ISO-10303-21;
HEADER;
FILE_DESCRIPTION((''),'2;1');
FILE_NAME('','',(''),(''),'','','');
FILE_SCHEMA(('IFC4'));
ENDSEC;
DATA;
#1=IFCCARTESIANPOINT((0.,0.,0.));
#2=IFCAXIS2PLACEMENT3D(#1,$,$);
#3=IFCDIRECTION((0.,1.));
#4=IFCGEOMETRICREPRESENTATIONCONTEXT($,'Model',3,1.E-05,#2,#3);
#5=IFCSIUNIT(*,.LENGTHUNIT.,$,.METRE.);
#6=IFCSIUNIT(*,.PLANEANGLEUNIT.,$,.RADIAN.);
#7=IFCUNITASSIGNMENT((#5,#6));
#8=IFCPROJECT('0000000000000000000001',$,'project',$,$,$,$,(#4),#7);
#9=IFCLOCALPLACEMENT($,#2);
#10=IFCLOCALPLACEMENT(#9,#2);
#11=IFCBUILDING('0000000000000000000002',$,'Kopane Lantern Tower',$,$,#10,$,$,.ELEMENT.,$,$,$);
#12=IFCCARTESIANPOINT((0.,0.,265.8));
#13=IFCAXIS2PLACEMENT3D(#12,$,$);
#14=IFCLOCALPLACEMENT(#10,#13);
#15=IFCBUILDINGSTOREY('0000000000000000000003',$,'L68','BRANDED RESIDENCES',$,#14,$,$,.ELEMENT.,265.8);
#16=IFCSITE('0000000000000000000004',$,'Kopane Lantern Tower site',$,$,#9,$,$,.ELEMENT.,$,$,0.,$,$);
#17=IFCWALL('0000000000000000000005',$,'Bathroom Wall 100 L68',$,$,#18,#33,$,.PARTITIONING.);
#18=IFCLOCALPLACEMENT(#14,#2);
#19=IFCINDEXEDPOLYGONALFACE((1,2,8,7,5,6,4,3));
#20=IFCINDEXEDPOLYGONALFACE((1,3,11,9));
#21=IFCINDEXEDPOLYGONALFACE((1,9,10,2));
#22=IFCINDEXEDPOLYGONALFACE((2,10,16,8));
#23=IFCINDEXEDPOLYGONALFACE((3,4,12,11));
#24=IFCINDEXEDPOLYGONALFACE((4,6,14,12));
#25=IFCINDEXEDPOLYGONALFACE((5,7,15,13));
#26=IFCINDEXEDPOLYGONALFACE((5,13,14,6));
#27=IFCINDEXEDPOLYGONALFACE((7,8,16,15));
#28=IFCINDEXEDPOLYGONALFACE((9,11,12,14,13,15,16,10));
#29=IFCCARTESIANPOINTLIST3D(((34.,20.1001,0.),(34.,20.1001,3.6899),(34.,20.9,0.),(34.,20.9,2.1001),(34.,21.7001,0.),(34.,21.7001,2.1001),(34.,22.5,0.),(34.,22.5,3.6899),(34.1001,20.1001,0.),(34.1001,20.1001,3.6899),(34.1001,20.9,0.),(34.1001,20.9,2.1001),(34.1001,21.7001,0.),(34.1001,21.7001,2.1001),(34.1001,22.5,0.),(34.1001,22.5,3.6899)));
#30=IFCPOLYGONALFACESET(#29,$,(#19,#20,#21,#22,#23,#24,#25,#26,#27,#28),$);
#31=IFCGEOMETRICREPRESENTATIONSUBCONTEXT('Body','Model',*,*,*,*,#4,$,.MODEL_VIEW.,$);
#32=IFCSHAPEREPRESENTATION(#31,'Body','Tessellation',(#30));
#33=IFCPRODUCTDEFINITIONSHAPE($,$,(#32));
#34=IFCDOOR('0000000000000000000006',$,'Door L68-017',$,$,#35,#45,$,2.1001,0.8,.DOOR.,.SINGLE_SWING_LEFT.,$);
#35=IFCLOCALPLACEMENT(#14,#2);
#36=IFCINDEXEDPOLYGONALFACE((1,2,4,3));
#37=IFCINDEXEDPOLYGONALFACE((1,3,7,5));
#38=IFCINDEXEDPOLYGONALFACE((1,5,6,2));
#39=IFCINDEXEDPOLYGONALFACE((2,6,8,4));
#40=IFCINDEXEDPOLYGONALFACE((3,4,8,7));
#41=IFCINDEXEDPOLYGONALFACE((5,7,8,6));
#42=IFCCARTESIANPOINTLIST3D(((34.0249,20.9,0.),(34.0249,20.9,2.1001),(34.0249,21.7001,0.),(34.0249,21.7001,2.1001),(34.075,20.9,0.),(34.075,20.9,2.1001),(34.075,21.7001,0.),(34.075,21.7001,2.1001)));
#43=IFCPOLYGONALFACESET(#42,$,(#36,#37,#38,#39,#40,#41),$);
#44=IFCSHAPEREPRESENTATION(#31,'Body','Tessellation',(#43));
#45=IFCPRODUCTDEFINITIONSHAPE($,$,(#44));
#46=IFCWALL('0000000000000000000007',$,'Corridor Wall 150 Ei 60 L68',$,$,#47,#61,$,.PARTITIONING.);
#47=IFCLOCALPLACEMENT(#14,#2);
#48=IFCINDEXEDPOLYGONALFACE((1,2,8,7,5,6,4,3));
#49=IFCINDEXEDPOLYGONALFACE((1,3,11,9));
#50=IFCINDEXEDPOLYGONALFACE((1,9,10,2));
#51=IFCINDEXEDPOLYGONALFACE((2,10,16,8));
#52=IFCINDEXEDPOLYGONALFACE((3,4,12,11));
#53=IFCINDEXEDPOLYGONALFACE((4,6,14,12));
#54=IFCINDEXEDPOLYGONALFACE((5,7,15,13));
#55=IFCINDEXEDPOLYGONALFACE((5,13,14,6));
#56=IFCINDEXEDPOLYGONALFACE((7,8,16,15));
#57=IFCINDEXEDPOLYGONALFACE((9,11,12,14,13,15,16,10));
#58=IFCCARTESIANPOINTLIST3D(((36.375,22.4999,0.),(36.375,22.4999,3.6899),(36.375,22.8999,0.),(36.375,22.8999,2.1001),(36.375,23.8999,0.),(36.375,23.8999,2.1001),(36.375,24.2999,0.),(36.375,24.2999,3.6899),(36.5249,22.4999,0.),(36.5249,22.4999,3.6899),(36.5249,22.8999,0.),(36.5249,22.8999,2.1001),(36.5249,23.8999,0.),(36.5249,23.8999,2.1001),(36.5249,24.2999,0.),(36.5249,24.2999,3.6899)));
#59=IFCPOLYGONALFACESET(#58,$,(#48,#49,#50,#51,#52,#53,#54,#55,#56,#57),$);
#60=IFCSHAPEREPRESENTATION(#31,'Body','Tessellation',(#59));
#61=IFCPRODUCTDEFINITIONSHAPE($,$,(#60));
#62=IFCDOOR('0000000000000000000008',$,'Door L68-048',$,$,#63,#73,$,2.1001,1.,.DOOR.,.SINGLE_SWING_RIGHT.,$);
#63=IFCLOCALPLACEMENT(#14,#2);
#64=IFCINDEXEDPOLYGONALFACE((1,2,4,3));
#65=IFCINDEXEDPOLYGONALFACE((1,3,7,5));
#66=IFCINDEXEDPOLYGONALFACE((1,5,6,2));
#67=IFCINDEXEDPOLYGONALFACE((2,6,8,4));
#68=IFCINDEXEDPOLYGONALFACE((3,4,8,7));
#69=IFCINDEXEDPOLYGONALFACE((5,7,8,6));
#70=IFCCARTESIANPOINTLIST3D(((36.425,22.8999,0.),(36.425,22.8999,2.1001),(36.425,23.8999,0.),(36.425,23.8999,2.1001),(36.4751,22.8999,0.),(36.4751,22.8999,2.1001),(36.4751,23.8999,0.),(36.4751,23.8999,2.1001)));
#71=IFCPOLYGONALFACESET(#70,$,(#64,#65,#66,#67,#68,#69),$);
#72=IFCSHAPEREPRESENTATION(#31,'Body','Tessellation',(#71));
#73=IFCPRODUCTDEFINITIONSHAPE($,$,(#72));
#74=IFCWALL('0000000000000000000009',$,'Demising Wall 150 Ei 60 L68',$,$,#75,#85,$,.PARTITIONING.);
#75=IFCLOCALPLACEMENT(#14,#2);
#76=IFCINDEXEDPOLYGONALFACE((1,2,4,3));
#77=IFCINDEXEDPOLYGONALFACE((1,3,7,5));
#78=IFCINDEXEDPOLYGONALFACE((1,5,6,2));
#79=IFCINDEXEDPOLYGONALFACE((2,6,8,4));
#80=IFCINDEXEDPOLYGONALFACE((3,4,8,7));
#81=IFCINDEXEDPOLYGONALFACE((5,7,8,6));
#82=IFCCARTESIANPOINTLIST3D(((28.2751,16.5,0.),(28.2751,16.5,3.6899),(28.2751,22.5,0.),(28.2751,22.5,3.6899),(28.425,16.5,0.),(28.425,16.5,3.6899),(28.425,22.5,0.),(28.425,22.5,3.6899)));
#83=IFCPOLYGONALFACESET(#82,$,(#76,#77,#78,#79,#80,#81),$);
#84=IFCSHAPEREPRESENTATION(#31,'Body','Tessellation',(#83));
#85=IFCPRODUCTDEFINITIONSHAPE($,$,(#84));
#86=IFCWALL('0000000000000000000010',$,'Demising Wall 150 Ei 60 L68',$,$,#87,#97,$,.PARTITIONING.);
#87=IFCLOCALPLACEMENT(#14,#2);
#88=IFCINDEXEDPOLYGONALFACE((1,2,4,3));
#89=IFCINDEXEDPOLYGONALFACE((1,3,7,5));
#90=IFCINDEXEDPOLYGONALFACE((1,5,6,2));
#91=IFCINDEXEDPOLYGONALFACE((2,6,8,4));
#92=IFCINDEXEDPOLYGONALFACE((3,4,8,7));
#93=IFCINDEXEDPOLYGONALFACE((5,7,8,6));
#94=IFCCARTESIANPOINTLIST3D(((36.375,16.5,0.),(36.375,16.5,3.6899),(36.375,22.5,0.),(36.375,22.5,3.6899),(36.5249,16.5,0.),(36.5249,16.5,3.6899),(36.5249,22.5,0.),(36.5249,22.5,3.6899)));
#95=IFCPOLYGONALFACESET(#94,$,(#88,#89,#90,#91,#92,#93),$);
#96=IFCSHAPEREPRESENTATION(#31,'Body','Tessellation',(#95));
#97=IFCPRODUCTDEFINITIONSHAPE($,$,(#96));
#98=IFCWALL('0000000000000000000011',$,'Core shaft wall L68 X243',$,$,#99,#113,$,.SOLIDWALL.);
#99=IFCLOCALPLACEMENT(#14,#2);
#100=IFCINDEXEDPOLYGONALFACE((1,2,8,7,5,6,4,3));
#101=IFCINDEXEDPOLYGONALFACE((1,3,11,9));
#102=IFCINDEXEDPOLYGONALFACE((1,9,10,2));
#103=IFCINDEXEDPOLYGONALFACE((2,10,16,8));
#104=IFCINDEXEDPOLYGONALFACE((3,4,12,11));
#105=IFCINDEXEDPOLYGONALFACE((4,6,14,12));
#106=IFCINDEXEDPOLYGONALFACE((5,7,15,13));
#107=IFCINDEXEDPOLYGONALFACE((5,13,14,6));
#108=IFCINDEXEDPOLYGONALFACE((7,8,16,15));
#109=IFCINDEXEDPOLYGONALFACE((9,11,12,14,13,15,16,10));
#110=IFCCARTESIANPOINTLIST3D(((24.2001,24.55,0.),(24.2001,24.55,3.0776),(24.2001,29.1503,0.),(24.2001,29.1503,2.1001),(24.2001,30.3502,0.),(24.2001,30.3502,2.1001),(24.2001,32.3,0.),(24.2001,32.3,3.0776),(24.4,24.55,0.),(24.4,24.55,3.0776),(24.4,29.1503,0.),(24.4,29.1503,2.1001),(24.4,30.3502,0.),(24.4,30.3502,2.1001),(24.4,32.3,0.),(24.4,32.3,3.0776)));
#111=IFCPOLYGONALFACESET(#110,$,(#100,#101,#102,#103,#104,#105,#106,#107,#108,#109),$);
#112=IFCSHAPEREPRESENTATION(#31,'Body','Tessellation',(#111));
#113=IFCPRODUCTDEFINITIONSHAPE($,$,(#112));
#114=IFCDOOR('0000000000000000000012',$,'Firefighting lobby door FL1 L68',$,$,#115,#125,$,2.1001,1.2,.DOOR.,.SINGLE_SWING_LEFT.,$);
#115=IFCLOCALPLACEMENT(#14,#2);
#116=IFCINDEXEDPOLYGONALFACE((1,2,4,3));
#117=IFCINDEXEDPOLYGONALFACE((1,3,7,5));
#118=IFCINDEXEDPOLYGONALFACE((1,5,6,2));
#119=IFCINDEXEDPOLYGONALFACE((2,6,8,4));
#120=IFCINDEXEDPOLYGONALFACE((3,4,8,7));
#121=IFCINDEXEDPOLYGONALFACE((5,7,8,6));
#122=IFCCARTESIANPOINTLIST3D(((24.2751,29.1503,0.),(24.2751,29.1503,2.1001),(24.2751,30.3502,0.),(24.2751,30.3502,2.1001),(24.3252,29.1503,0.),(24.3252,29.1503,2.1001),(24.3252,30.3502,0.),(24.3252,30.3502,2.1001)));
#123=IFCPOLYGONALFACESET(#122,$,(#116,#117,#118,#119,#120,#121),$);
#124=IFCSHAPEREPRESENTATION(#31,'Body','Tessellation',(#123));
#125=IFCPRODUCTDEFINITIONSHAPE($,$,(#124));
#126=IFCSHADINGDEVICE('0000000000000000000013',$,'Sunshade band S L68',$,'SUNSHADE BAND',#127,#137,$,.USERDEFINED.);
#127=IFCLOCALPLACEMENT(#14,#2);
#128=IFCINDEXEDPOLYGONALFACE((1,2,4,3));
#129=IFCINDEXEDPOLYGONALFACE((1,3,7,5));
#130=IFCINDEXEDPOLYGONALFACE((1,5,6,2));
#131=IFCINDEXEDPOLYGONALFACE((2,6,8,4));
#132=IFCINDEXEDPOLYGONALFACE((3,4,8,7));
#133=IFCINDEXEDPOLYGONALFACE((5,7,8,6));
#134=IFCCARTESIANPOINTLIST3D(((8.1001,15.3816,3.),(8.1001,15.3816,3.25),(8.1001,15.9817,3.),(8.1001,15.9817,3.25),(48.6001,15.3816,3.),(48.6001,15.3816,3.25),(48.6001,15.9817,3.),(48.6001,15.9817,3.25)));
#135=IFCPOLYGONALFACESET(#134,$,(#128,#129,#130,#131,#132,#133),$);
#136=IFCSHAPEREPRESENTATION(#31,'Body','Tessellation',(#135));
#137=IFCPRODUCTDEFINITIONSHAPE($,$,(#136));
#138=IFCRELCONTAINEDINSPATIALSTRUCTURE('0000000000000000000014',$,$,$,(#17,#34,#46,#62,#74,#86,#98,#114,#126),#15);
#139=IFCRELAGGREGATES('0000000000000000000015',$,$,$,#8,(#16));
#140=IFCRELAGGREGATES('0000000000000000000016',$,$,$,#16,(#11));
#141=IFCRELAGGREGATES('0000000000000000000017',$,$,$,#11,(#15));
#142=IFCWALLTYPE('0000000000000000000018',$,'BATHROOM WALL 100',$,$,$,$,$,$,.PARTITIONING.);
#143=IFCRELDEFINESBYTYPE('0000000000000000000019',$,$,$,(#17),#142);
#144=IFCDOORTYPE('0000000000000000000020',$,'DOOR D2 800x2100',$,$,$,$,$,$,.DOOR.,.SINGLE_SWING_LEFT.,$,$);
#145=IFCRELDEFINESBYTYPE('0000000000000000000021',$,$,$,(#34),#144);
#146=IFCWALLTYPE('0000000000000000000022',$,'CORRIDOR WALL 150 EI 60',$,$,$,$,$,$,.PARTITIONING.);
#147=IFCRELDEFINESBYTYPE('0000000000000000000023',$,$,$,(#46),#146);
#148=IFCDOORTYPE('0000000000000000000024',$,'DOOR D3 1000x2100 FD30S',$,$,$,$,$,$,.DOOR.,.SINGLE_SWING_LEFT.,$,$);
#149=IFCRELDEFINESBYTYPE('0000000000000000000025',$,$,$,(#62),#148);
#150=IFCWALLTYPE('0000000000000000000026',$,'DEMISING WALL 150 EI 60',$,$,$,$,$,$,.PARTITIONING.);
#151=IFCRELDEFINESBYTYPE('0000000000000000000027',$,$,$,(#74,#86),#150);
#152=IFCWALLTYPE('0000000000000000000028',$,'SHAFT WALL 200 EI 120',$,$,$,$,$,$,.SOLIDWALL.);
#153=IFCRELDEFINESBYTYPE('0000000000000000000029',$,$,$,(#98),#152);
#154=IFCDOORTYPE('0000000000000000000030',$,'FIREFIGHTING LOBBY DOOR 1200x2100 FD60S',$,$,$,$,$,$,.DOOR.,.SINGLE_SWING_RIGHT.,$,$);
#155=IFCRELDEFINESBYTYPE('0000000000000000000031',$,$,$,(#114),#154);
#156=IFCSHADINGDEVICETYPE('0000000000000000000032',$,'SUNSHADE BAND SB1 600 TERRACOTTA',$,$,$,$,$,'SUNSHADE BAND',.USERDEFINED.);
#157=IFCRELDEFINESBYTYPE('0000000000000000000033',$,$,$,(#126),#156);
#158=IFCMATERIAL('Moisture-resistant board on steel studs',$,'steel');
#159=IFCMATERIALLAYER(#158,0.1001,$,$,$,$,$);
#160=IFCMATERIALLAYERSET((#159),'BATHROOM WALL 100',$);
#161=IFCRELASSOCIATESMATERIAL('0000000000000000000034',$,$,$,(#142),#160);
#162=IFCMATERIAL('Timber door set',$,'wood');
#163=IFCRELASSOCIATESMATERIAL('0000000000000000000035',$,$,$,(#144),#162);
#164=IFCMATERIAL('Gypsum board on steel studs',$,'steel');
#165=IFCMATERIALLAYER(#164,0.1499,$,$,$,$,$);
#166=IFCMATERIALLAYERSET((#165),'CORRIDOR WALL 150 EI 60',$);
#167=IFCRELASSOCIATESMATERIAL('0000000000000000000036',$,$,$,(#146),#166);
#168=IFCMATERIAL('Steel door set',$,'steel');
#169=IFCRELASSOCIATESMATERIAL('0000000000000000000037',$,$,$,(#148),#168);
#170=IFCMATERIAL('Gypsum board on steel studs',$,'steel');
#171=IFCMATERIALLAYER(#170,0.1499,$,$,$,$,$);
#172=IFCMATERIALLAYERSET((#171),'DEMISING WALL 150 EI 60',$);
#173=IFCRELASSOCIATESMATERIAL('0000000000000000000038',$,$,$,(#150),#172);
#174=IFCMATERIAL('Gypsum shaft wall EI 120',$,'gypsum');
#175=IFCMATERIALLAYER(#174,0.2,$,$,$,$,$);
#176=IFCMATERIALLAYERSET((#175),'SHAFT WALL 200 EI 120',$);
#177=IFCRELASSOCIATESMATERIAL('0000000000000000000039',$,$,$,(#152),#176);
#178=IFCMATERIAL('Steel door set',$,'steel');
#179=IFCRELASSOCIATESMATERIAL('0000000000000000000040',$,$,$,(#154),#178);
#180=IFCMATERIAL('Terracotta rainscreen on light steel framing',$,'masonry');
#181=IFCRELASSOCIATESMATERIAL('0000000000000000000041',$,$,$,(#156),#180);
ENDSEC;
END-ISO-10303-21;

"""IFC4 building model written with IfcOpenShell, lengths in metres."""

from ifc_helpers import new_model, si_unit, direction, frame, frame_2d, origin, origin_2d, place, context, subcontext, project, spatial, rectangle, extrude, material, layer, layer_set, type_object, element, fill, save


model = new_model("IFC4")

# Units and contexts
model_context = context("Model", 3, precision=1e-05, world=origin(), true_north=direction((0.0, 1.0)))
body_context = subcontext(model_context, "Body", "Model", "MODEL_VIEW")
ifc_project = project(units=[si_unit("LENGTHUNIT", "METRE"), si_unit("PLANEANGLEUNIT", "RADIAN")], contexts=[model_context])

# Site, building, storey
site_placement = place(None, origin())
site = spatial("IfcSite", under=ifc_project, at=site_placement, Name="Kopane Lantern Tower site", CompositionType="ELEMENT", RefElevation=0.0)
building_placement = place(site_placement, origin())
building = spatial("IfcBuilding", under=site, at=building_placement, Name="Kopane Lantern Tower", CompositionType="ELEMENT")
storey_placement = place(building_placement, frame((0.0, 0.0, 265.8)))
storey = spatial("IfcBuildingStorey", under=building, at=storey_placement, Name="L68", Description="BRANDED RESIDENCES", CompositionType="ELEMENT", Elevation=265.8)

# Walls, openings, doors
ifc_material_1 = material(Name="Moisture-resistant board on steel studs", Category="steel")
ifc_layer_1 = layer(ifc_material_1, 0.1001)
ifc_layer_set_1 = layer_set([ifc_layer_1], Name="BATHROOM WALL 100")
wall_type_1 = type_object("IfcWallType", Name="BATHROOM WALL 100", PredefinedType="PARTITIONING", material=ifc_layer_set_1)
ifc_material_2 = material(Name="Timber door set", Category="wood")
door_type_1 = type_object("IfcDoorType", Name="DOOR D2 800x2100", OperationType="SINGLE_SWING_LEFT", PredefinedType="DOOR", material=ifc_material_2)
wall_1_placement = place(storey_placement, frame((34.05, 22.5, 0.0), z_axis=(0.0, 0.0, 1.0), x_axis=(0.0, -1.0, 0.0)))
wall_1 = element("IfcWall", 1, at=wall_1_placement, inside=storey, type_object=wall_type_1, Name="Bathroom Wall 100 L68", PredefinedType="PARTITIONING", context=body_context, shape_type="SweptSolid", body=[
    extrude(rectangle(XDim=2.3999, YDim=0.1001, at=frame_2d((1.2, 0.0))), origin(), (0.0, 0.0, 1.0), 3.6899),
])
opening_1_placement = place(wall_1_placement, frame((0.8, 0.0, 0.0)))
opening_1 = element("IfcOpeningElement", 2, at=opening_1_placement, cuts=wall_1, PredefinedType="OPENING", context=body_context, shape_type="SweptSolid", body=[
    extrude(rectangle(XDim=0.8, YDim=2.1001, at=frame_2d((0.3999, 1.05))), frame((0.0, 0.0601, 0.0), z_axis=(0.0, -1.0, 0.0), x_axis=(1.0, 0.0, 0.0)), (0.0, 0.0, 1.0), 0.1201),
])
door_1_placement = place(opening_1_placement, origin())
door_1 = element("IfcDoor", 3, at=door_1_placement, inside=storey, type_object=door_type_1, Name="Door L68-017", OperationType="SINGLE_SWING_LEFT", OverallHeight=2.1001, OverallWidth=0.8, PredefinedType="DOOR", context=body_context, shape_type="SweptSolid", body=[
    extrude(rectangle(XDim=0.8, YDim=2.1001, at=frame_2d((0.3999, 1.05))), frame((0.0, 0.0249, 0.0), z_axis=(0.0, -1.0, 0.0), x_axis=(1.0, 0.0, 0.0)), (0.0, 0.0, 1.0), 0.05),
])
fill(opening_1, door_1)
ifc_material_3 = material(Name="Gypsum board on steel studs", Category="steel")
ifc_layer_2 = layer(ifc_material_3, 0.1499)
ifc_layer_set_2 = layer_set([ifc_layer_2], Name="CORRIDOR WALL 150 EI 60")
wall_type_2 = type_object("IfcWallType", Name="CORRIDOR WALL 150 EI 60", PredefinedType="PARTITIONING", material=ifc_layer_set_2)
wall_2_placement = place(storey_placement, frame((36.45, 22.5, 0.0), z_axis=(0.0, 0.0, 1.0), x_axis=(0.0, 1.0, 0.0)))
wall_2 = element("IfcWall", 4, at=wall_2_placement, inside=storey, type_object=wall_type_2, Name="Corridor Wall 150 Ei 60 L68", PredefinedType="PARTITIONING", context=body_context, shape_type="SweptSolid", body=[
    extrude(rectangle(XDim=1.8, YDim=0.1499, at=frame_2d((0.8999, 0.0))), origin(), (0.0, 0.0, 1.0), 3.6899),
])
opening_2_placement = place(wall_2_placement, frame((0.3999, 0.0, 0.0)))
opening_2 = element("IfcOpeningElement", 5, at=opening_2_placement, cuts=wall_2, PredefinedType="OPENING", context=body_context, shape_type="SweptSolid", body=[
    extrude(rectangle(XDim=1.0, YDim=2.1001, at=frame_2d((0.5, 1.05))), frame((0.0, 0.085, 0.0), z_axis=(0.0, -1.0, 0.0), x_axis=(1.0, 0.0, 0.0)), (0.0, 0.0, 1.0), 0.1699),
])
ifc_material_4 = material(Name="Steel door set", Category="steel")
door_type_2 = type_object("IfcDoorType", Name="DOOR D3 1000x2100 FD30S", OperationType="SINGLE_SWING_LEFT", PredefinedType="DOOR", material=ifc_material_4)
door_2_placement = place(opening_2_placement, origin())
door_2 = element("IfcDoor", 6, at=door_2_placement, inside=storey, type_object=door_type_2, Name="Door L68-048", OperationType="SINGLE_SWING_RIGHT", OverallHeight=2.1001, OverallWidth=1.0, PredefinedType="DOOR", context=body_context, shape_type="SweptSolid", body=[
    extrude(rectangle(XDim=1.0, YDim=2.1001, at=frame_2d((0.5, 1.05))), frame((0.0, 0.0249, 0.0), z_axis=(0.0, -1.0, 0.0), x_axis=(1.0, 0.0, 0.0)), (0.0, 0.0, 1.0), 0.05),
])
fill(opening_2, door_2)

# Walls
ifc_material_5 = material(Name="Gypsum board on steel studs", Category="steel")
ifc_layer_3 = layer(ifc_material_5, 0.1499)
ifc_layer_set_3 = layer_set([ifc_layer_3], Name="DEMISING WALL 150 EI 60")
wall_type_3 = type_object("IfcWallType", Name="DEMISING WALL 150 EI 60", PredefinedType="PARTITIONING", material=ifc_layer_set_3)
for number, where, z_axis, x_axis, name in (
    (7, (28.3501, 22.5, 0.0), (0.0, 0.0, 1.0), (0.0, -1.0, 0.0), "Demising Wall 150 Ei 60 L68"),
    (8, (36.45, 16.5, 0.0), (0.0, 0.0, 1.0), (0.0, 1.0, 0.0), "Demising Wall 150 Ei 60 L68"),
):
    element("IfcWall", number, at=place(storey_placement, frame(where, z_axis=z_axis, x_axis=x_axis)), inside=storey, type_object=wall_type_3, Name=name, PredefinedType="PARTITIONING", context=body_context, shape_type="SweptSolid", body=[
        extrude(rectangle(XDim=6.0, YDim=0.1499, at=frame_2d((3.0, 0.0))), origin(), (0.0, 0.0, 1.0), 3.6899),
    ])

# Wall, opening, door
ifc_material_6 = material(Name="Gypsum shaft wall EI 120", Category="gypsum")
ifc_layer_4 = layer(ifc_material_6, 0.2)
ifc_layer_set_4 = layer_set([ifc_layer_4], Name="SHAFT WALL 200 EI 120")
wall_type_4 = type_object("IfcWallType", Name="SHAFT WALL 200 EI 120", PredefinedType="SOLIDWALL", material=ifc_layer_set_4)
wall_3_placement = place(storey_placement, frame((24.3, 24.55, 0.0), z_axis=(0.0, 0.0, 1.0), x_axis=(0.0, 1.0, 0.0)))
wall_3 = element("IfcWall", 9, at=wall_3_placement, inside=storey, type_object=wall_type_4, Name="Core shaft wall L68 X243", PredefinedType="SOLIDWALL", context=body_context, shape_type="SweptSolid", body=[
    extrude(rectangle(XDim=7.75, YDim=0.2, at=frame_2d((3.875, 0.0))), origin(), (0.0, 0.0, 1.0), 3.0776),
])
opening_3_placement = place(wall_3_placement, frame((4.6001, 0.0, 0.0)))
opening_3 = element("IfcOpeningElement", 10, at=opening_3_placement, cuts=wall_3, PredefinedType="OPENING", context=body_context, shape_type="SweptSolid", body=[
    extrude(rectangle(XDim=1.2, YDim=2.1001, at=frame_2d((0.6001, 1.05))), frame((0.0, 0.1099, 0.0), z_axis=(0.0, -1.0, 0.0), x_axis=(1.0, 0.0, 0.0)), (0.0, 0.0, 1.0), 0.22),
])
ifc_material_7 = material(Name="Steel door set", Category="steel")
door_type_3 = type_object("IfcDoorType", Name="FIREFIGHTING LOBBY DOOR 1200x2100 FD60S", OperationType="SINGLE_SWING_RIGHT", PredefinedType="DOOR", material=ifc_material_7)
door_3_placement = place(opening_3_placement, origin())
door_3 = element("IfcDoor", 11, at=door_3_placement, inside=storey, type_object=door_type_3, Name="Firefighting lobby door FL1 L68", OperationType="SINGLE_SWING_LEFT", OverallHeight=2.1001, OverallWidth=1.2, PredefinedType="DOOR", context=body_context, shape_type="SweptSolid", body=[
    extrude(rectangle(XDim=1.2, YDim=2.1001, at=frame_2d((0.6001, 1.05))), frame((0.0, 0.0249, 0.0), z_axis=(0.0, -1.0, 0.0), x_axis=(1.0, 0.0, 0.0)), (0.0, 0.0, 1.0), 0.05),
])
fill(opening_3, door_3)

# Shading device
ifc_material_8 = material(Name="Terracotta rainscreen on light steel framing", Category="masonry")
shading_device_type = type_object("IfcShadingDeviceType", Name="SUNSHADE BAND SB1 600 TERRACOTTA", ElementType="SUNSHADE BAND", PredefinedType="USERDEFINED", material=ifc_material_8)
shading_device_placement = place(storey_placement, frame((28.3501, 15.6816, 3.0), z_axis=(0.0, 0.0, 1.0), x_axis=(1.0, 0.0, 0.0)))
element("IfcShadingDevice", 12, at=shading_device_placement, inside=storey, type_object=shading_device_type, Name="Sunshade band S L68", ObjectType="SUNSHADE BAND", PredefinedType="USERDEFINED", context=body_context, shape_type="SweptSolid", body=[
    extrude(rectangle(XDim=40.5, YDim=0.6001, at=origin_2d()), origin(), (0.0, 0.0, 1.0), 0.25),
])

save(model, "model.ifc")
